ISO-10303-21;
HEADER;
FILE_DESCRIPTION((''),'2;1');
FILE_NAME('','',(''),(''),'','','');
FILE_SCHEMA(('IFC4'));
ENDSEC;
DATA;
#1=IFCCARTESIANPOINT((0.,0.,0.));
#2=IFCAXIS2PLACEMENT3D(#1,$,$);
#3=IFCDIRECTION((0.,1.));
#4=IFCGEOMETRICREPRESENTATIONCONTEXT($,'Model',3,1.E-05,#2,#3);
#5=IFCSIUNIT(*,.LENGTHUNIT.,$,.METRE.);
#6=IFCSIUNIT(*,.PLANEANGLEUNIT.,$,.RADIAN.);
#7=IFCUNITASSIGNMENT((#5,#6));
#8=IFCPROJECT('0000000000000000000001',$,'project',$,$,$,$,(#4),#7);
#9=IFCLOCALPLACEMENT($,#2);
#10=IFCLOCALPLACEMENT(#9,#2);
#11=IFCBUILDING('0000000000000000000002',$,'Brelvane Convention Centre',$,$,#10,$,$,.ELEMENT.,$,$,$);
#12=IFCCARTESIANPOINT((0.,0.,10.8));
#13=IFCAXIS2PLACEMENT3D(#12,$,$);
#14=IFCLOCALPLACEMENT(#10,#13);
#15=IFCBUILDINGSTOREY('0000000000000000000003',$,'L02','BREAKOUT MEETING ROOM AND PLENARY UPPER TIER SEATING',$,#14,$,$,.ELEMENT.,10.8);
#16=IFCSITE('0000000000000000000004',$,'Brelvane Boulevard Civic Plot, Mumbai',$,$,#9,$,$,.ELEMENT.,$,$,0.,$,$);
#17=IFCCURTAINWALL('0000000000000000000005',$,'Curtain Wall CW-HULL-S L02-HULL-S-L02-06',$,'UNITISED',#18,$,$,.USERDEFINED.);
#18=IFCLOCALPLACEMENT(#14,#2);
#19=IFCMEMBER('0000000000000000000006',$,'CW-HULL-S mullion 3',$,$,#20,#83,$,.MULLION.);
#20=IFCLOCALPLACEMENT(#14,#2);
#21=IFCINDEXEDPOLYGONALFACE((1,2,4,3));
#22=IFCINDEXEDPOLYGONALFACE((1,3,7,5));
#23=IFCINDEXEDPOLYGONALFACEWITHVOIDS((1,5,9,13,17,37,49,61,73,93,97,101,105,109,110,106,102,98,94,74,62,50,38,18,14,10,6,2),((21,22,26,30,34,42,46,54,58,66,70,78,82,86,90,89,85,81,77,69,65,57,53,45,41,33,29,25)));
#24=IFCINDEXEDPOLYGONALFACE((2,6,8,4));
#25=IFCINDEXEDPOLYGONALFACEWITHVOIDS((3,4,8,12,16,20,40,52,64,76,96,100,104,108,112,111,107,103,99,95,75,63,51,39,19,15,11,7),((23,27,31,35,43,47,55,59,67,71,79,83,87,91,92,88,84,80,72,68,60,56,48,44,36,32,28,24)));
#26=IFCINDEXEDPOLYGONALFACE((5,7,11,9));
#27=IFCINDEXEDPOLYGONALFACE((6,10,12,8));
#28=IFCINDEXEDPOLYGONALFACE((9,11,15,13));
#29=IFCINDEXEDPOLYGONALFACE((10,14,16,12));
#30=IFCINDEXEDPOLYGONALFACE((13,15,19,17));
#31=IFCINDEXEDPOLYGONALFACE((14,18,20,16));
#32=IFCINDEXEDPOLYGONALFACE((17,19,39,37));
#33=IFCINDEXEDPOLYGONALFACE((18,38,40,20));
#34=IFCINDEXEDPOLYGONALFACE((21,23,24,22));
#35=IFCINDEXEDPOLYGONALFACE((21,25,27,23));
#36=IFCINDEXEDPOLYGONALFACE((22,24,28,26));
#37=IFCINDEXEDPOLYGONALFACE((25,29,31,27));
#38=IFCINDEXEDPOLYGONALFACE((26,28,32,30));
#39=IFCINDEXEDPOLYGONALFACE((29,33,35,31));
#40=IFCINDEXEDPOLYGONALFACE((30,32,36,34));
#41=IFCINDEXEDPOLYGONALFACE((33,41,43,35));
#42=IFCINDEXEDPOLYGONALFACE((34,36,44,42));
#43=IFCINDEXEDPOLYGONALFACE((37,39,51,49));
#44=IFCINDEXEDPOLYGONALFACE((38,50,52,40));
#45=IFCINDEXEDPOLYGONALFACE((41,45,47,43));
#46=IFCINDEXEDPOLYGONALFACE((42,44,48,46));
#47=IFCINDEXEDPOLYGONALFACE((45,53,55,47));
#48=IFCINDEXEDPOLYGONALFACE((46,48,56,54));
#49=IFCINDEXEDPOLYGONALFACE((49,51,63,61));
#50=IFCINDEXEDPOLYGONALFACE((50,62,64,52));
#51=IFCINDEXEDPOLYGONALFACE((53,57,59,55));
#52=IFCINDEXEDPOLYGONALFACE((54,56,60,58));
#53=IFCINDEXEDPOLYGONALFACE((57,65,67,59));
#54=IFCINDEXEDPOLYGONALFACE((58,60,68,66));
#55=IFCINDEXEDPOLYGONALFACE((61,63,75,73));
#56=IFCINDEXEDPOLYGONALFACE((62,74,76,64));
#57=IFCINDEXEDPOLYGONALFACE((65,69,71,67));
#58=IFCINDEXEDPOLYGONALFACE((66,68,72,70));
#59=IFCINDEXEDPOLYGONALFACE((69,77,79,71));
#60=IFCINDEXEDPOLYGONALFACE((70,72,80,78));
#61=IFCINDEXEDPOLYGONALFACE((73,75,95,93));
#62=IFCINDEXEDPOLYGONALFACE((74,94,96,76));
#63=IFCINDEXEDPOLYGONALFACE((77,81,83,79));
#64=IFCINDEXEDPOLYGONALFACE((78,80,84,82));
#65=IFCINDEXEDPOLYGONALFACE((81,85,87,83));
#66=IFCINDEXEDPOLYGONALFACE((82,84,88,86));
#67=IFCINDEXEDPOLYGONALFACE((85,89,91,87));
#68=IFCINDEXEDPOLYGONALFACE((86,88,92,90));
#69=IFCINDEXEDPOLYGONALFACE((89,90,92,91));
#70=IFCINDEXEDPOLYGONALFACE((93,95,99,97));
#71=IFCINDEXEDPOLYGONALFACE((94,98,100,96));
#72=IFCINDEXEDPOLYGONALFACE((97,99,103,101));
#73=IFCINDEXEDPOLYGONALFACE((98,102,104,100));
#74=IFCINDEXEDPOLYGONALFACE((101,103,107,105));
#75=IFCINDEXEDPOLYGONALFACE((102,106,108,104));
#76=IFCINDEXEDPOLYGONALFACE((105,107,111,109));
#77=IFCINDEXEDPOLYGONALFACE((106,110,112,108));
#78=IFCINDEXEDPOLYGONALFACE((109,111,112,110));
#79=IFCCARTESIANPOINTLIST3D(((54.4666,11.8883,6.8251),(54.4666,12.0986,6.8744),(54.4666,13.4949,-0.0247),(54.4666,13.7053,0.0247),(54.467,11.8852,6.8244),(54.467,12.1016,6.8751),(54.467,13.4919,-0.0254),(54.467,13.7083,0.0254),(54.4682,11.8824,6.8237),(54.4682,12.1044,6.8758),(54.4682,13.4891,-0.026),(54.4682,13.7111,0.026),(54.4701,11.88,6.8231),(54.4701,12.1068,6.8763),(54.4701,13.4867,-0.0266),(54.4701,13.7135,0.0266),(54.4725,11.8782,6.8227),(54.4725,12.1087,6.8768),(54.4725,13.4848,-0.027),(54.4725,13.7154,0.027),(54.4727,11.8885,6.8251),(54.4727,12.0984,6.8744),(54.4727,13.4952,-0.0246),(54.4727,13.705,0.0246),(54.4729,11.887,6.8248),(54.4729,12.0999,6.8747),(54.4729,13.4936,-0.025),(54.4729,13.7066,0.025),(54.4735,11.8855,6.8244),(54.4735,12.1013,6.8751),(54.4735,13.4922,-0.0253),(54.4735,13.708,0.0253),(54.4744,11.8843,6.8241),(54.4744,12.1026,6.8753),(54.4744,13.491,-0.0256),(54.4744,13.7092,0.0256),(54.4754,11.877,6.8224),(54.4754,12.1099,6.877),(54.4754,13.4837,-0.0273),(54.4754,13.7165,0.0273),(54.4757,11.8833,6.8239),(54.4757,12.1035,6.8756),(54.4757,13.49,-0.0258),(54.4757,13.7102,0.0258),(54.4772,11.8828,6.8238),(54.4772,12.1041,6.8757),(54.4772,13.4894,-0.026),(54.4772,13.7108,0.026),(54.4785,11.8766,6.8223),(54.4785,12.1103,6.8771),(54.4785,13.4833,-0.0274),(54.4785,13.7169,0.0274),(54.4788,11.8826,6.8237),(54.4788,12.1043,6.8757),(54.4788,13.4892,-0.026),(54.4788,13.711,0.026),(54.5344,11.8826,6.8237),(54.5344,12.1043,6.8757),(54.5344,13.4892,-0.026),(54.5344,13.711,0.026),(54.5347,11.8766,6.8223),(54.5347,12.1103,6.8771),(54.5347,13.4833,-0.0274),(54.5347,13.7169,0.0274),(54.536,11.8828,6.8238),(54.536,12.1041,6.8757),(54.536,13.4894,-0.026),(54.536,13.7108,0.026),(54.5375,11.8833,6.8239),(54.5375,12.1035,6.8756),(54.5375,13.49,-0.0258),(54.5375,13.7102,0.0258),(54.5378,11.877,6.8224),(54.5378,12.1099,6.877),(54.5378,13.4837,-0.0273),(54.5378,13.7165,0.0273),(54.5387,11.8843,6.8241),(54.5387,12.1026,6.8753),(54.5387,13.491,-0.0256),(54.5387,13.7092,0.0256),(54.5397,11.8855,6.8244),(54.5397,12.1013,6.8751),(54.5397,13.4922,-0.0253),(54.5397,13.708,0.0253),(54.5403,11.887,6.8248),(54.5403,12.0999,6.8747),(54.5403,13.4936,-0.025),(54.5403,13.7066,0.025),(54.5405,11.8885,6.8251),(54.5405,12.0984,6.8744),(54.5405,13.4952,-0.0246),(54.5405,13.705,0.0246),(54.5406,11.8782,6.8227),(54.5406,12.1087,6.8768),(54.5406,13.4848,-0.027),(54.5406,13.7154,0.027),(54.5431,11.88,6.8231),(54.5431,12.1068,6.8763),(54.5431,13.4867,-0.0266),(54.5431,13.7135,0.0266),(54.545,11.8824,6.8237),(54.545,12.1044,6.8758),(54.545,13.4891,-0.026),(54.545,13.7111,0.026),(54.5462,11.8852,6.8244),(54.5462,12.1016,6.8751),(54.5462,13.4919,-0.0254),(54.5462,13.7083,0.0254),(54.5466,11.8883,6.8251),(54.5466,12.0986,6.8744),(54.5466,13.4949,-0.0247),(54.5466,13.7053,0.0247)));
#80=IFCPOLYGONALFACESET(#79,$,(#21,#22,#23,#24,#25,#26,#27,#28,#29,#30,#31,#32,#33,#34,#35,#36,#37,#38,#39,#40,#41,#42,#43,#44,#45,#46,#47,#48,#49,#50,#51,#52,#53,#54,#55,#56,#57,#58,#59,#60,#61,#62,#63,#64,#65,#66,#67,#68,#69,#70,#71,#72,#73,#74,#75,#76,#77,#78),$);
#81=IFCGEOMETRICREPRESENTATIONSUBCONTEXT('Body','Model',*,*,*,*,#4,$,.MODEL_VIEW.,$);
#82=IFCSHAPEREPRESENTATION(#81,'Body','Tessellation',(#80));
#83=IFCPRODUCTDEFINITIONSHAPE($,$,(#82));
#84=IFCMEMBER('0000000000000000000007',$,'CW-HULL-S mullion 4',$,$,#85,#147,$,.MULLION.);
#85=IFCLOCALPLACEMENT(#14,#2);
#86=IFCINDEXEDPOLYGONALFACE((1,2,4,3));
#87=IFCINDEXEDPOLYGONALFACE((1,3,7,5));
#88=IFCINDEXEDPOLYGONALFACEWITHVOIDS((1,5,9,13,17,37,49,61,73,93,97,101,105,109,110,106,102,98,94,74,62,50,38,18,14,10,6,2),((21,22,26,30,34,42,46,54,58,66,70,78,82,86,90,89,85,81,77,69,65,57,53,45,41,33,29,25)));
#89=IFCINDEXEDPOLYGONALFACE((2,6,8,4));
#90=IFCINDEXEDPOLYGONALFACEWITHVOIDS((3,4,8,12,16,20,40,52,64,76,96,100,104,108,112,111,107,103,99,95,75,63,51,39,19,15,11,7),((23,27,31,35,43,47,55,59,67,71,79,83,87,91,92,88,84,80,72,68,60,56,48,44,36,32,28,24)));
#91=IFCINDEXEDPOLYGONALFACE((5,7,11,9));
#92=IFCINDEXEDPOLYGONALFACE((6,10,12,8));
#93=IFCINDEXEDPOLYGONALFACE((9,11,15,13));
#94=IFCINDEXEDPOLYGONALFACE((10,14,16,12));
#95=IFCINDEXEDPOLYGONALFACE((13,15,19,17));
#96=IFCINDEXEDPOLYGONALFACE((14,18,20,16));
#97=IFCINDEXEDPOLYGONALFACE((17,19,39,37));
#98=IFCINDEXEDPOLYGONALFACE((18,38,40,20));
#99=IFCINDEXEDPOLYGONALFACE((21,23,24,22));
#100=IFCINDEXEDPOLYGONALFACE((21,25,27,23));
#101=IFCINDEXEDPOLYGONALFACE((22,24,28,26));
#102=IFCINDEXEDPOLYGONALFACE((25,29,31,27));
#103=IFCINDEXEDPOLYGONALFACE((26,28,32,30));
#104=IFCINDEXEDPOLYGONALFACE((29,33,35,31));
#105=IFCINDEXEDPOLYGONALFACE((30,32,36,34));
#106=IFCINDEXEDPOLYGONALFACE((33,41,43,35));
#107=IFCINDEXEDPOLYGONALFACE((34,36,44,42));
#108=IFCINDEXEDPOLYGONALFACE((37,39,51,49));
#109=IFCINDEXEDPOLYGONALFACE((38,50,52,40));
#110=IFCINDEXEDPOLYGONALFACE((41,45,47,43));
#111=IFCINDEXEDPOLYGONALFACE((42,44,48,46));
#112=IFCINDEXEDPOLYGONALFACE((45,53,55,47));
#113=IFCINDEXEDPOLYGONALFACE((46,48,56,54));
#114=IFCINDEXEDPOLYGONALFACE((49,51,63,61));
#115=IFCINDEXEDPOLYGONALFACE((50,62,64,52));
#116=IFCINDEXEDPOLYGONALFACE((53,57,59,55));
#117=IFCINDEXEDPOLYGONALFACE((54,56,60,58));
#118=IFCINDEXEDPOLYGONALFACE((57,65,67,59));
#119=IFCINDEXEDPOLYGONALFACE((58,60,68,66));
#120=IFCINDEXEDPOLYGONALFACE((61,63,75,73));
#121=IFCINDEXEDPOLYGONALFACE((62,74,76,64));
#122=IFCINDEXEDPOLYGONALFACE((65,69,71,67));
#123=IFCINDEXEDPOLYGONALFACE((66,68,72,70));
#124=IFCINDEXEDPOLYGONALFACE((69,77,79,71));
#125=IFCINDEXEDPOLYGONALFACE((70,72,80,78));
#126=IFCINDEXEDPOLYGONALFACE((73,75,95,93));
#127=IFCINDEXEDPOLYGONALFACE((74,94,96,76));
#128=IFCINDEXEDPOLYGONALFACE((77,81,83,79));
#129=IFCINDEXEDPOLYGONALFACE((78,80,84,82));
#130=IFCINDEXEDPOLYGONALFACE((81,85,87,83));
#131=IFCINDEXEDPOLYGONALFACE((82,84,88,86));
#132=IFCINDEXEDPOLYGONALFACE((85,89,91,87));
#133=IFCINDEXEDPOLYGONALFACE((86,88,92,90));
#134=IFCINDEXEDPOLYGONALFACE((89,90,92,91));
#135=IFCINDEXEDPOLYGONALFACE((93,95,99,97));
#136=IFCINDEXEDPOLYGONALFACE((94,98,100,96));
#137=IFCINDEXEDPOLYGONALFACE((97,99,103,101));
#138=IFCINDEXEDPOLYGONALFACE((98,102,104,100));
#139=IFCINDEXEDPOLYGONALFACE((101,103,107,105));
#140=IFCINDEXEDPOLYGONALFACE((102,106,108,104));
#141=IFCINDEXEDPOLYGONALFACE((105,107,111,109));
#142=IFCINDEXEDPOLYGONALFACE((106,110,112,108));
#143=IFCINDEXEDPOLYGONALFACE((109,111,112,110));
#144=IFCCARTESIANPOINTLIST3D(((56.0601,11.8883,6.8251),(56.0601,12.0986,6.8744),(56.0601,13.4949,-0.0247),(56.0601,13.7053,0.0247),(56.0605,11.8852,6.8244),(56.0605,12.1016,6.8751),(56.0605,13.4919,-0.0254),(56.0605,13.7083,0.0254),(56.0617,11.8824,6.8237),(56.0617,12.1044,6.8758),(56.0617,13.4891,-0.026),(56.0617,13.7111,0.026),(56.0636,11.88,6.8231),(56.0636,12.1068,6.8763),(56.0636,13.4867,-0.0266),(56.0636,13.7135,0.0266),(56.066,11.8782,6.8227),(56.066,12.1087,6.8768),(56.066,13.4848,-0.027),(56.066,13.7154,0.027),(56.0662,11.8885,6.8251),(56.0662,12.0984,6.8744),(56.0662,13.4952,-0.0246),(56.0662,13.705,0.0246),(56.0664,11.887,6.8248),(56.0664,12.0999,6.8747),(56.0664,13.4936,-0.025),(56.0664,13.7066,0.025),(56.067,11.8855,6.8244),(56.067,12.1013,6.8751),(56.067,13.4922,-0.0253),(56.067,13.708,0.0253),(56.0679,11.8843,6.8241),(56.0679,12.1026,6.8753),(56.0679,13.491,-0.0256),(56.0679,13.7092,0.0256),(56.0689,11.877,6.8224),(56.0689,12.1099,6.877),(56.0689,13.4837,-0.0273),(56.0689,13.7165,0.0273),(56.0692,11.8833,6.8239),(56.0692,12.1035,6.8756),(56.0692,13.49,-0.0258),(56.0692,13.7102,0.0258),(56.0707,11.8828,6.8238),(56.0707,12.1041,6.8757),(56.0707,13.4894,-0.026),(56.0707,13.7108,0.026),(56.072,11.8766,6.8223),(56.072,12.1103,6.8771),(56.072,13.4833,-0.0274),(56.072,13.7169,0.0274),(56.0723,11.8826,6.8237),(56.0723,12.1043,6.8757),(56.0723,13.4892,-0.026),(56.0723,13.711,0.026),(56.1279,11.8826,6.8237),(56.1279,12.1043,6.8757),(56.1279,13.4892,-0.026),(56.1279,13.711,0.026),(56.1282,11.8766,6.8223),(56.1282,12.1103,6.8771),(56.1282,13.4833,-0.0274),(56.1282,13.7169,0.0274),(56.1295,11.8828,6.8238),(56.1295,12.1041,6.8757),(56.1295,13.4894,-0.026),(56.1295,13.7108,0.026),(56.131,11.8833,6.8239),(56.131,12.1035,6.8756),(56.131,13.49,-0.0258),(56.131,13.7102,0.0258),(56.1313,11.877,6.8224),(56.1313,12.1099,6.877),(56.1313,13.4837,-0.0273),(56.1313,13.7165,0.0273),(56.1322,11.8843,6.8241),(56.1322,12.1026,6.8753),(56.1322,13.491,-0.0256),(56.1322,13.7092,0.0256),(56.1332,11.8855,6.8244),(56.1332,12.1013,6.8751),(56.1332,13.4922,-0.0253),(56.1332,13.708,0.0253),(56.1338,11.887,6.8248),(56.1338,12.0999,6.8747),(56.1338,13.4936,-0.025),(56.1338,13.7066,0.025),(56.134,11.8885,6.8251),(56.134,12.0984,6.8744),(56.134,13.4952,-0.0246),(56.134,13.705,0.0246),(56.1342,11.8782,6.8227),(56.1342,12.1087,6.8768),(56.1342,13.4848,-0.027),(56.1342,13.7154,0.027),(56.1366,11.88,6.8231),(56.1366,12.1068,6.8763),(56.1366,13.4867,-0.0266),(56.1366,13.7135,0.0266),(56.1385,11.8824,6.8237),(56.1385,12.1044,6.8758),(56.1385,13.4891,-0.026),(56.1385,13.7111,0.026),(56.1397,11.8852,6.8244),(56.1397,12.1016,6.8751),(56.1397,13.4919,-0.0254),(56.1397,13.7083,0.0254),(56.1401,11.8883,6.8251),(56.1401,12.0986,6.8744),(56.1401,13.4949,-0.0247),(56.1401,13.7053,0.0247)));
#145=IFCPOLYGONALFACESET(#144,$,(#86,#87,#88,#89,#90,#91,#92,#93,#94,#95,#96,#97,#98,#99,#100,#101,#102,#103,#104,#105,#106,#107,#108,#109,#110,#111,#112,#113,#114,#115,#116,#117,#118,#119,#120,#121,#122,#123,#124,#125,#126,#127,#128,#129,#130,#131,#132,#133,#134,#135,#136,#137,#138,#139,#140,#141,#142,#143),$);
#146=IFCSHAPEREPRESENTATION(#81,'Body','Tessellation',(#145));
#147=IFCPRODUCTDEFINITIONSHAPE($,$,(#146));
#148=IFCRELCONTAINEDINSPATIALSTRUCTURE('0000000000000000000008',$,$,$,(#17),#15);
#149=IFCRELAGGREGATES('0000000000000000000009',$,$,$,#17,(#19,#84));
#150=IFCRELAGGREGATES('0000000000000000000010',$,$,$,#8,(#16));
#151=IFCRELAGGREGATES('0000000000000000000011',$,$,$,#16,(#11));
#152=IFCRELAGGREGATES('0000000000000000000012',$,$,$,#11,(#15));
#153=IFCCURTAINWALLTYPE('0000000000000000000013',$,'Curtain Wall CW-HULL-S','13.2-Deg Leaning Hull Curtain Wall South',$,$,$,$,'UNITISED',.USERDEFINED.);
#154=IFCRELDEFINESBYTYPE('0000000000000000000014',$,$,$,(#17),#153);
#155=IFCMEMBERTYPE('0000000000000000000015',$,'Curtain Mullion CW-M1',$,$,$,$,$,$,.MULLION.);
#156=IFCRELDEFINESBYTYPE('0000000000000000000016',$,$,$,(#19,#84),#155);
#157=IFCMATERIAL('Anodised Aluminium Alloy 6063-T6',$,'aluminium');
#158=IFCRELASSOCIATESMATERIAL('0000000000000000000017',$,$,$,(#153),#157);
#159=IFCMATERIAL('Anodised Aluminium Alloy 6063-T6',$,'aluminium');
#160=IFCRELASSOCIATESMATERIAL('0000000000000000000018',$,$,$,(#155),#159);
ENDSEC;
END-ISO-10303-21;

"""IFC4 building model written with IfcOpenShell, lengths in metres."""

from ifc_helpers import new_model, si_unit, direction, frame, origin, origin_2d, place, context, subcontext, project, spatial, hollow_rectangle, extrude, material, material_profile, profile_set, type_object, element, aggregate, save


model = new_model("IFC4")

# Units and contexts
model_context = context("Model", 3, precision=1e-05, world=origin(), true_north=direction((0.0, 1.0)))
body_context = subcontext(model_context, "Body", "Model", "MODEL_VIEW")
ifc_project = project(units=[si_unit("LENGTHUNIT", "METRE"), si_unit("PLANEANGLEUNIT", "RADIAN")], contexts=[model_context])

# Site, building, storey
site_placement = place(None, origin())
site = spatial("IfcSite", under=ifc_project, at=site_placement, Name="Brelvane Boulevard Civic Plot, Mumbai", CompositionType="ELEMENT", RefElevation=0.0)
building_placement = place(site_placement, origin())
building = spatial("IfcBuilding", under=site, at=building_placement, Name="Brelvane Convention Centre", CompositionType="ELEMENT")
storey_placement = place(building_placement, frame((0.0, 0.0, 10.8)))
storey = spatial("IfcBuildingStorey", under=building, at=storey_placement, Name="L02", Description="BREAKOUT MEETING ROOM AND PLENARY UPPER TIER SEATING", CompositionType="ELEMENT", Elevation=10.8)

# Curtain wall, members
ifc_material_1 = material(Name="Anodised Aluminium Alloy 6063-T6", Category="aluminium")
curtain_wall_type = type_object("IfcCurtainWallType", Name="Curtain Wall CW-HULL-S", Description="13.2-Deg Leaning Hull Curtain Wall South", ElementType="UNITISED", PredefinedType="USERDEFINED", material=ifc_material_1)
curtain_wall_placement = place(storey_placement, origin())
curtain_wall = element("IfcCurtainWall", 1, at=curtain_wall_placement, inside=storey, type_object=curtain_wall_type, Name="Curtain Wall CW-HULL-S L02-HULL-S-L02-06", ObjectType="UNITISED", PredefinedType="USERDEFINED")
ifc_material_2 = material(Name="Anodised Aluminium Alloy 6063-T6", Category="aluminium")
ifc_material_profile_1 = material_profile(ifc_material_2, hollow_rectangle(XDim=0.0801, YDim=0.24, WallThickness=0.0061, InnerFilletRadius=0.0061, OuterFilletRadius=0.012, at=origin_2d()), Name="ALU-M 240x80x6.0")
ifc_profile_set_1 = profile_set([ifc_material_profile_1], Name="Anodised Aluminium Alloy 6063-T6")
member_type_1 = type_object("IfcMemberType", Name="Curtain Mullion CW-M1", PredefinedType="MULLION", material=ifc_profile_set_1)
member_1_placement = place(storey_placement, frame((54.5066, 13.6001, 0.0), z_axis=(0.0, -0.22836, 0.973577), x_axis=(1.0, 0.0, 0.0)))
member_1 = element("IfcMember", 2, at=member_1_placement, type_object=member_type_1, Name="CW-HULL-S mullion 3", PredefinedType="MULLION", context=body_context, shape_type="SweptSolid", body=[
    extrude(hollow_rectangle(XDim=0.0801, YDim=0.24, WallThickness=0.0061, InnerFilletRadius=0.0061, OuterFilletRadius=0.012, at=origin_2d()), origin(), (0.0, 0.0, 1.0), 7.0356),
])
member_2_placement = place(storey_placement, frame((56.1001, 13.6001, 0.0), z_axis=(0.0, -0.22836, 0.973577), x_axis=(1.0, 0.0, 0.0)))
member_2 = element("IfcMember", 3, at=member_2_placement, type_object=member_type_1, Name="CW-HULL-S mullion 4", PredefinedType="MULLION", context=body_context, shape_type="SweptSolid", body=[
    extrude(hollow_rectangle(XDim=0.0801, YDim=0.24, WallThickness=0.0061, InnerFilletRadius=0.0061, OuterFilletRadius=0.012, at=origin_2d()), origin(), (0.0, 0.0, 1.0), 7.0356),
])

aggregate(curtain_wall, [member_1, member_2])

save(model, "model.ifc")
